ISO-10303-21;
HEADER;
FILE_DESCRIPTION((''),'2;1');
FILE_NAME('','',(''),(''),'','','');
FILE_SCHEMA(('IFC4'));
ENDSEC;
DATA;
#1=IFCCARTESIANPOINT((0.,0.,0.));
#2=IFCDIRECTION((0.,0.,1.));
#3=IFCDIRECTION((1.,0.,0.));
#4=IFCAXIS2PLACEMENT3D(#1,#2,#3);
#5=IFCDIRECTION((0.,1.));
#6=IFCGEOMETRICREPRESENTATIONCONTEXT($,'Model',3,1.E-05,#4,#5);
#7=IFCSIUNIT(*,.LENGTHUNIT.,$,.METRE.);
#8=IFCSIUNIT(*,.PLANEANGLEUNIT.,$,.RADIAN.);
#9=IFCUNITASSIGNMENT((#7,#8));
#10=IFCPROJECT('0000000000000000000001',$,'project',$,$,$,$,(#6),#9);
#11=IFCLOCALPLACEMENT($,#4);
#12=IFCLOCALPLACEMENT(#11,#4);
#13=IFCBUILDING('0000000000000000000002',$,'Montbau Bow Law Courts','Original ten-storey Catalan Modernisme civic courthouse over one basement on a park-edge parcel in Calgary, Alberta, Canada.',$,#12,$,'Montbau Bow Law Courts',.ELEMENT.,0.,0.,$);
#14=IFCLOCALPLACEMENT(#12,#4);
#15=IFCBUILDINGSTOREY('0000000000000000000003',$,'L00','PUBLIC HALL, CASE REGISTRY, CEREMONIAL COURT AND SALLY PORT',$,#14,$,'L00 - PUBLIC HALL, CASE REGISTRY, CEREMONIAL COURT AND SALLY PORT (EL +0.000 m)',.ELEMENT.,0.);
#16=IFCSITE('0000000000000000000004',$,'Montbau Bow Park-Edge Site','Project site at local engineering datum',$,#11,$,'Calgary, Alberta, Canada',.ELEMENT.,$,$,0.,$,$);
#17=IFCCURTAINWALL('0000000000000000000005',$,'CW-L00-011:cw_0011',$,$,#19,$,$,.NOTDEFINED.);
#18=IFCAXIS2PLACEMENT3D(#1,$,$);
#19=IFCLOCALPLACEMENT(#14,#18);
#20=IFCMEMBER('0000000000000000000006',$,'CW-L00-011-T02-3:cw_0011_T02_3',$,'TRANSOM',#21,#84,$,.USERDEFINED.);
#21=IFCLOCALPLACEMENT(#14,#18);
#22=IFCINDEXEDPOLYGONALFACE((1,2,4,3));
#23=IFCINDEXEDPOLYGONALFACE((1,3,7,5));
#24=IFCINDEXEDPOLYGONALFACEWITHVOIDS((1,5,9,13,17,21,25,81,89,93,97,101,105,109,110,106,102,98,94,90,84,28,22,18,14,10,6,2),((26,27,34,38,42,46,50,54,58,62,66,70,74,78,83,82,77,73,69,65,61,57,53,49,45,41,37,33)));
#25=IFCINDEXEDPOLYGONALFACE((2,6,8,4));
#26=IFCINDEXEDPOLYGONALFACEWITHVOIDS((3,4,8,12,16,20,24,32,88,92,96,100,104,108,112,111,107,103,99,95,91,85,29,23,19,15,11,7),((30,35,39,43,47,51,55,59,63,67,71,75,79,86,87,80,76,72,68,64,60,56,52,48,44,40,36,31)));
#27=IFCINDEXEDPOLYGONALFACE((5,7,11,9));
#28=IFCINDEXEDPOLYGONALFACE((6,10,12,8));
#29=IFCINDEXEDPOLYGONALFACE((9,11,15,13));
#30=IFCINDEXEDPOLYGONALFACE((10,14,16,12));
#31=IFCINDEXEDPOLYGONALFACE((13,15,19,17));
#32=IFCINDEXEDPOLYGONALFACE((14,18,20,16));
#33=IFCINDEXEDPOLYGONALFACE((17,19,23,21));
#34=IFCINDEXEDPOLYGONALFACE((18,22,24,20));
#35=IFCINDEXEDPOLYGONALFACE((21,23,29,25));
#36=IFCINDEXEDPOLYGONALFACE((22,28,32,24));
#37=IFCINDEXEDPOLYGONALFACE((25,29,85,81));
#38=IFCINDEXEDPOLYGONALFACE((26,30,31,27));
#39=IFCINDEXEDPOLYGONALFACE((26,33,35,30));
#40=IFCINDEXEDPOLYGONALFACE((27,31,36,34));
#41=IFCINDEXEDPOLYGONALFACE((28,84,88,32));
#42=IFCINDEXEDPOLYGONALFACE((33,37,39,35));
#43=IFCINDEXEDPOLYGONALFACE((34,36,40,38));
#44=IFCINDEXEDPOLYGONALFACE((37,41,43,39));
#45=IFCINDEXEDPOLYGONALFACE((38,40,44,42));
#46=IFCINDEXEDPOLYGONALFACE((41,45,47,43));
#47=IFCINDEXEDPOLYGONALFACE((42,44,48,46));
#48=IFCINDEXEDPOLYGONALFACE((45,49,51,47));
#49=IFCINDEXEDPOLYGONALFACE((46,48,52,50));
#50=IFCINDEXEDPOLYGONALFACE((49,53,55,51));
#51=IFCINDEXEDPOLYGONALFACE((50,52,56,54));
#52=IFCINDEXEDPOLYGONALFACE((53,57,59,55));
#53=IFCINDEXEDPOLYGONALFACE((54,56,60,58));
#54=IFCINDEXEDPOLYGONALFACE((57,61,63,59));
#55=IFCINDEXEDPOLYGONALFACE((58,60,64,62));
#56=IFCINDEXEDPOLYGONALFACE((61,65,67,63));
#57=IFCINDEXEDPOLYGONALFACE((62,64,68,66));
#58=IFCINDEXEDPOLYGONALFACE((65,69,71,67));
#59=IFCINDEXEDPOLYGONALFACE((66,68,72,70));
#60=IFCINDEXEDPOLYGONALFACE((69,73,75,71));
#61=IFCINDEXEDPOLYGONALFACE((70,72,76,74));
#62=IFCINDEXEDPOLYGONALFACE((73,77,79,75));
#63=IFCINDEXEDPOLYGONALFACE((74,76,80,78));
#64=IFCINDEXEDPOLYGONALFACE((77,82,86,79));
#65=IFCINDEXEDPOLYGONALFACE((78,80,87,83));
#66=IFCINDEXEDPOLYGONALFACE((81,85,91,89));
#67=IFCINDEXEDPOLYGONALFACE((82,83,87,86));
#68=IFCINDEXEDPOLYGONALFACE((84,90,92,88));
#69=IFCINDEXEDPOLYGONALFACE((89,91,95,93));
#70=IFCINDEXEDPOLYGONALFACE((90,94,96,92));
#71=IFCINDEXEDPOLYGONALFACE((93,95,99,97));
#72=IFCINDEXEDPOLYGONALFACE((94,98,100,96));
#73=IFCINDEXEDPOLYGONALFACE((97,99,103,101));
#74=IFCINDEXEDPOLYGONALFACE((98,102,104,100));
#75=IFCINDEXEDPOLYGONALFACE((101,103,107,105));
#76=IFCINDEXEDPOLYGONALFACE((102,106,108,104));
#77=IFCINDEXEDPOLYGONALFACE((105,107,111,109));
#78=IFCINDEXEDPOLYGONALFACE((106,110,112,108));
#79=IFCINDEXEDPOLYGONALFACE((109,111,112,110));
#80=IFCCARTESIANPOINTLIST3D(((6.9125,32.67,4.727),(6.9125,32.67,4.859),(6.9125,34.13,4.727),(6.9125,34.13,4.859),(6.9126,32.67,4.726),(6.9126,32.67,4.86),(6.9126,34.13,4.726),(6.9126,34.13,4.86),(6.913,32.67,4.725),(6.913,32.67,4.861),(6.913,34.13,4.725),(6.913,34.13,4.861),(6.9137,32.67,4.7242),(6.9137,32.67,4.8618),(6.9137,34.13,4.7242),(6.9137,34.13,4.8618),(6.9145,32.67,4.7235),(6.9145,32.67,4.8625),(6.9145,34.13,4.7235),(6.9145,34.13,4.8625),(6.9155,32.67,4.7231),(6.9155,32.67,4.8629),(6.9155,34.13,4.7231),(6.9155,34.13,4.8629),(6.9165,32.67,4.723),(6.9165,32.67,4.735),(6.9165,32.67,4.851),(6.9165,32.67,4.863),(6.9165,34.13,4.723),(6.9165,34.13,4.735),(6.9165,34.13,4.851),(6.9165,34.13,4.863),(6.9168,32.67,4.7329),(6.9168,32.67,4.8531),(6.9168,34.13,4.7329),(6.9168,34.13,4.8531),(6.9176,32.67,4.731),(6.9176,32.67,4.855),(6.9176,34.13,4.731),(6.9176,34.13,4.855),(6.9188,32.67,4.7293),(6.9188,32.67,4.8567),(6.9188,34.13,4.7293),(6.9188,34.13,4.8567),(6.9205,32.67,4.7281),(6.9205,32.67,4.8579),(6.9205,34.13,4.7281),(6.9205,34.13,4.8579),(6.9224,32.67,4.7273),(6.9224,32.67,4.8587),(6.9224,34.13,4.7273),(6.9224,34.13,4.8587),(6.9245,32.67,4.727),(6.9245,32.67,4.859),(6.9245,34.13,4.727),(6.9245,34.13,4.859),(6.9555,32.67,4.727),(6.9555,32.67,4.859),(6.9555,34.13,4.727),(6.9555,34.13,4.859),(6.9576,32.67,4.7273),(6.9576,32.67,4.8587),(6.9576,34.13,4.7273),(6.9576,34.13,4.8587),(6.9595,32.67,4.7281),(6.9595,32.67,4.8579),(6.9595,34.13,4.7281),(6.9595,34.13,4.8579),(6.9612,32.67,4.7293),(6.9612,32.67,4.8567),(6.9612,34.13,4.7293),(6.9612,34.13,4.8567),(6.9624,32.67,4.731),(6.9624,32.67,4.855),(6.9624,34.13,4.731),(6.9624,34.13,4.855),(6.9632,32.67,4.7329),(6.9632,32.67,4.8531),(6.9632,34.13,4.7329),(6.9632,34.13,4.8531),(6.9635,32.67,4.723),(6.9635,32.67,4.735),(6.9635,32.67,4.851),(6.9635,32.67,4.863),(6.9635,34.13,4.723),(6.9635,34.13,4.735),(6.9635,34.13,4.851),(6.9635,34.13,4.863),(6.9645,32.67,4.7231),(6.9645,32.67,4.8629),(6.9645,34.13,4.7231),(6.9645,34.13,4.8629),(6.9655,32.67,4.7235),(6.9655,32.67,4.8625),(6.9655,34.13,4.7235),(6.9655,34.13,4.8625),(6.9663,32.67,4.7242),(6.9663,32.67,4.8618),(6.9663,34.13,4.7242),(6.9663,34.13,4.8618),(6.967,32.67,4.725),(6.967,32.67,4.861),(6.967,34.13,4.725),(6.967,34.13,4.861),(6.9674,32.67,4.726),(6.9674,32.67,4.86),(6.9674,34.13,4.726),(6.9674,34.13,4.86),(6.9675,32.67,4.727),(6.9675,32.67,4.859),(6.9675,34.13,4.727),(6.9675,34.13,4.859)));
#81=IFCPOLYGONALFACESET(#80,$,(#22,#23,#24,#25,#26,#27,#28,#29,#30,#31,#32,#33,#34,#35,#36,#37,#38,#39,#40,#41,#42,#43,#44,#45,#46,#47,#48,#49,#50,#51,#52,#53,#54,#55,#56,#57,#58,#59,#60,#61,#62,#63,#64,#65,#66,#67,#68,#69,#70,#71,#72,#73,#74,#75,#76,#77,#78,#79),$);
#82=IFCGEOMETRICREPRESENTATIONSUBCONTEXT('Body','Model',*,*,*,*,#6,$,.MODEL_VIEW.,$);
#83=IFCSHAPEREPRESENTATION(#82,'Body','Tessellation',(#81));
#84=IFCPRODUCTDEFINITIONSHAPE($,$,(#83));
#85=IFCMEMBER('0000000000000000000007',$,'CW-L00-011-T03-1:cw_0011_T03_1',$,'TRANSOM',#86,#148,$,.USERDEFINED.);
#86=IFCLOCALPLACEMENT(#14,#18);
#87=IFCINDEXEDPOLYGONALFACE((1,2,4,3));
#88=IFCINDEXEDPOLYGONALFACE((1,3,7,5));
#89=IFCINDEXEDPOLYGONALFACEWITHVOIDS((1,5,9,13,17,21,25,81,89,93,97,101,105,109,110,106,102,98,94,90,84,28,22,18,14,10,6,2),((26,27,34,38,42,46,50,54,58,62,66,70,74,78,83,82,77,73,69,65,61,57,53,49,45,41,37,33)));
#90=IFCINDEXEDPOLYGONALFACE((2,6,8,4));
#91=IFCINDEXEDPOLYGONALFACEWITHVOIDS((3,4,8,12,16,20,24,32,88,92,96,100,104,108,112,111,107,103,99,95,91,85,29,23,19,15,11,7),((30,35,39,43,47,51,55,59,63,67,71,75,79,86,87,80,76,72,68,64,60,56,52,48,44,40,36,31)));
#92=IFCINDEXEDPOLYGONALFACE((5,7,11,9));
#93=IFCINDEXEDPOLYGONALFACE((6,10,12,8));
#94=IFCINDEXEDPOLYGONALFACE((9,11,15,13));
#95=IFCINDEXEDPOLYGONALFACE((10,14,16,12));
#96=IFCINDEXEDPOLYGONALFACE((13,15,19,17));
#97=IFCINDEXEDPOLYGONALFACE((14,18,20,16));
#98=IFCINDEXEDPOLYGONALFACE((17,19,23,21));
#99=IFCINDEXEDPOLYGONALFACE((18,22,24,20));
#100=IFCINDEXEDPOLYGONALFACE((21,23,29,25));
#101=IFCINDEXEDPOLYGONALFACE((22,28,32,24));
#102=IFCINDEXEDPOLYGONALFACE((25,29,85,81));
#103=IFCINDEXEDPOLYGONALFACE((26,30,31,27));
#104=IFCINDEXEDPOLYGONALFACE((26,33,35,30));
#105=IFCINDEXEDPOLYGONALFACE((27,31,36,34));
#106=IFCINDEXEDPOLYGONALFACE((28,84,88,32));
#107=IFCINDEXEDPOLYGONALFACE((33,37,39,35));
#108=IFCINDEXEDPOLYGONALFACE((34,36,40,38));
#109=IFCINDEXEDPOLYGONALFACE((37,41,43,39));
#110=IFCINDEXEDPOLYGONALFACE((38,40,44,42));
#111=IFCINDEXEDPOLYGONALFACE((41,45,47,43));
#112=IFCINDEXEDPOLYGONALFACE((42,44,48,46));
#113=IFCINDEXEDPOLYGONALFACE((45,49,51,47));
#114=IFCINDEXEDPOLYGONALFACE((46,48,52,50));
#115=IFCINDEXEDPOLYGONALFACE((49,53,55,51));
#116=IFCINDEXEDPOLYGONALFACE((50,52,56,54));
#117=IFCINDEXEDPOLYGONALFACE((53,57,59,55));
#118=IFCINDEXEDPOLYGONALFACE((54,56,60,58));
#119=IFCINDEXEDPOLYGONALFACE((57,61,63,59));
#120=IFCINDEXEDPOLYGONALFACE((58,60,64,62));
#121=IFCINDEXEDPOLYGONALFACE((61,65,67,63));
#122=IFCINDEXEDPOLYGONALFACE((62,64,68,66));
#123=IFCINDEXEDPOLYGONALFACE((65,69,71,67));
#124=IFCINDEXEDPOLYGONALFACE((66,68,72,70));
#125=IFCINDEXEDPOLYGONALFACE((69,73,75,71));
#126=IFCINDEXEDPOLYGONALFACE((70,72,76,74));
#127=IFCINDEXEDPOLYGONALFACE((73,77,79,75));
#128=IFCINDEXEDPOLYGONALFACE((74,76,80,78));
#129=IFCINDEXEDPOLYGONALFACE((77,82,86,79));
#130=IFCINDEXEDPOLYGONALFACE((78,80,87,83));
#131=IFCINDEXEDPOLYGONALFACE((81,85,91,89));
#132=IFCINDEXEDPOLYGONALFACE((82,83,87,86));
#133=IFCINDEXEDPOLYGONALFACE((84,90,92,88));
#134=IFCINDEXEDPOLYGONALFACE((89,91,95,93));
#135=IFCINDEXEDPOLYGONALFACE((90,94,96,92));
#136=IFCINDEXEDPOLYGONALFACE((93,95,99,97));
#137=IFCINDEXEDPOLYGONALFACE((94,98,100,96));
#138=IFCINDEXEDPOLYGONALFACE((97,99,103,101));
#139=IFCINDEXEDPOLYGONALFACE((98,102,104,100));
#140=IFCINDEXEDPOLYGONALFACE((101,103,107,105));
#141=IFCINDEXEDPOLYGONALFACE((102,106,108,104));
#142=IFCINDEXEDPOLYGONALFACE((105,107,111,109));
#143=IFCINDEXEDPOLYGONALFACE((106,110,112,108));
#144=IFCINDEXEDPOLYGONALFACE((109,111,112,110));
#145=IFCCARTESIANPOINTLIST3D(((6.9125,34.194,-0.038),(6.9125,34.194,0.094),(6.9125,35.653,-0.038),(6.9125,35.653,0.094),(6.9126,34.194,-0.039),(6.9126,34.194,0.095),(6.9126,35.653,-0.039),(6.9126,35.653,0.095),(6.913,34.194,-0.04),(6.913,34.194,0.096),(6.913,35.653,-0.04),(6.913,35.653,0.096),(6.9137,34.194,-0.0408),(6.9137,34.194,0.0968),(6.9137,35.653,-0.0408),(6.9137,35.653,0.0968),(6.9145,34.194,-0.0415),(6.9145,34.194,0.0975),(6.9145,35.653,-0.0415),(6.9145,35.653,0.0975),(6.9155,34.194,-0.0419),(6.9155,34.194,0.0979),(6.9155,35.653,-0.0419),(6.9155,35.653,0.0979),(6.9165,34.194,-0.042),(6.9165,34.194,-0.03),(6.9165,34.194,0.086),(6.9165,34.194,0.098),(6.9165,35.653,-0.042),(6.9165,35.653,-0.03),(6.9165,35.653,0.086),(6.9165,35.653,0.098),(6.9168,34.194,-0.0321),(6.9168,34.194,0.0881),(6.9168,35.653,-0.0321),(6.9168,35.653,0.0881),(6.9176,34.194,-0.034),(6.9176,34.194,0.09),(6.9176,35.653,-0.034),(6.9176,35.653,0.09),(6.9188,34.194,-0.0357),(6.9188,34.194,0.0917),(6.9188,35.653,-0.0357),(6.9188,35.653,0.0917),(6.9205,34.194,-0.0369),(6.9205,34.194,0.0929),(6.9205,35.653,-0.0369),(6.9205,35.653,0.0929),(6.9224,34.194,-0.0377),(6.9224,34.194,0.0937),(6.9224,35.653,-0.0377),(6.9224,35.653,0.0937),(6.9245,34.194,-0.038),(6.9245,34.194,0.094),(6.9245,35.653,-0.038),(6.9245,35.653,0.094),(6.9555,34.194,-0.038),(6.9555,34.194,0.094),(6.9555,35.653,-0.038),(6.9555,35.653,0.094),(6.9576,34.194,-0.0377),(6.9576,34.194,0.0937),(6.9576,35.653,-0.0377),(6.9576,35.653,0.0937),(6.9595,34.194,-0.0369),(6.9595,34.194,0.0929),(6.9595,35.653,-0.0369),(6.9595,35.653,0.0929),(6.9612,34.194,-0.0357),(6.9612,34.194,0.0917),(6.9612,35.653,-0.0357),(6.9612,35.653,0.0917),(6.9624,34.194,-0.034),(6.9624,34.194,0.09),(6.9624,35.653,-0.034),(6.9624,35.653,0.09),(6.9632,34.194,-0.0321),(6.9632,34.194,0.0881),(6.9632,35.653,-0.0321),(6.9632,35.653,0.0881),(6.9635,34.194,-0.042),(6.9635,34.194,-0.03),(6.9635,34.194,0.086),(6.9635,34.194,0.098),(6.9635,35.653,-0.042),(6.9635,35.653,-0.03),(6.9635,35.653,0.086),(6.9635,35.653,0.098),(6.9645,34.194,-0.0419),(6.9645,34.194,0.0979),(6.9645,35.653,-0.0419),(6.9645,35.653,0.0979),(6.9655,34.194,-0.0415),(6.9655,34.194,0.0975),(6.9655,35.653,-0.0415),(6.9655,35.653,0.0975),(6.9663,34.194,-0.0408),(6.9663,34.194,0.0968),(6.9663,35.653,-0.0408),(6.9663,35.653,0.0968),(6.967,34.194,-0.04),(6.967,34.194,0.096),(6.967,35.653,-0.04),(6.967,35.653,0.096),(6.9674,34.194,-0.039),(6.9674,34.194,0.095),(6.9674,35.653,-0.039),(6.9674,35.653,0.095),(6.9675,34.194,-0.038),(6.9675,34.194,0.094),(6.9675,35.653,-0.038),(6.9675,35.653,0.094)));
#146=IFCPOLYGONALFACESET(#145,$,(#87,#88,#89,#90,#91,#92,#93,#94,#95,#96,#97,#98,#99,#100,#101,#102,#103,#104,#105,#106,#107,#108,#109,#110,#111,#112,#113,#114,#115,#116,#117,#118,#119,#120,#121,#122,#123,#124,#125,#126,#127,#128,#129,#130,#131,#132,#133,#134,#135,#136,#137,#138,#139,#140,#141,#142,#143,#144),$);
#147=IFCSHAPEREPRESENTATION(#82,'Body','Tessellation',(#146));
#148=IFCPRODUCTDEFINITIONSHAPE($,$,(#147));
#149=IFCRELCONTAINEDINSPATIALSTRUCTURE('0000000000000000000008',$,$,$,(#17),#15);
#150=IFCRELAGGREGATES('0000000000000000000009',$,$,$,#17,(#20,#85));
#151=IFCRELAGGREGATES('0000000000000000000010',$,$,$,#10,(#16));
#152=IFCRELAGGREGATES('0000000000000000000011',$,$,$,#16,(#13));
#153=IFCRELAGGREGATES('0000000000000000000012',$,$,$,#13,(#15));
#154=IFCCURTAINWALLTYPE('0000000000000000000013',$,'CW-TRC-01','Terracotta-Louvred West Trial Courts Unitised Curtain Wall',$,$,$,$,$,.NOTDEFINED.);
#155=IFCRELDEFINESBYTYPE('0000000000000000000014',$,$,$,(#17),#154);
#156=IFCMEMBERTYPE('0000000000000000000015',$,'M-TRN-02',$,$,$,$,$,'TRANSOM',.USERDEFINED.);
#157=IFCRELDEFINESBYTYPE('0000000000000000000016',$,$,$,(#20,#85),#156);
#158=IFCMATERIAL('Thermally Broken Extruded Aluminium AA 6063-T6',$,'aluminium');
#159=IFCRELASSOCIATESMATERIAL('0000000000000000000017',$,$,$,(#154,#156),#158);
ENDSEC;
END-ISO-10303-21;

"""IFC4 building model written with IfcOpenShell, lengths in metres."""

from ifc_helpers import new_model, si_unit, direction, frame, origin_with_axes, origin_2d_with_axis, place, context, subcontext, project, spatial, hollow_rectangle, extrude, material, material_profile, profile_set, type_object, element, aggregate, save


model = new_model("IFC4")

# Units and contexts
model_context = context("Model", 3, precision=1e-05, world=origin_with_axes(), true_north=direction((0.0, 1.0)))
body_context = subcontext(model_context, "Body", "Model", "MODEL_VIEW")
ifc_project = project(units=[si_unit("LENGTHUNIT", "METRE"), si_unit("PLANEANGLEUNIT", "RADIAN")], contexts=[model_context])

# Site, building, storey
site_placement = place(None, origin_with_axes())
site = spatial("IfcSite", under=ifc_project, at=site_placement, Name="Montbau Bow Park-Edge Site", Description="Project site at local engineering datum", LongName="Calgary, Alberta, Canada", CompositionType="ELEMENT", RefElevation=0.0)
building_placement = place(site_placement, origin_with_axes())
building = spatial("IfcBuilding", under=site, at=building_placement, Name="Montbau Bow Law Courts", Description="Original ten-storey Catalan Modernisme civic courthouse over one basement on a park-edge parcel in Calgary, Alberta, Canada.", LongName="Montbau Bow Law Courts", CompositionType="ELEMENT", ElevationOfRefHeight=0.0, ElevationOfTerrain=0.0)
storey_placement = place(building_placement, origin_with_axes())
storey = spatial("IfcBuildingStorey", under=building, at=storey_placement, Name="L00", Description="PUBLIC HALL, CASE REGISTRY, CEREMONIAL COURT AND SALLY PORT", LongName="L00 - PUBLIC HALL, CASE REGISTRY, CEREMONIAL COURT AND SALLY PORT (EL +0.000 m)", CompositionType="ELEMENT", Elevation=0.0)

# Curtain wall, members
ifc_material_1 = material(Name="Thermally Broken Extruded Aluminium AA 6063-T6", Category="aluminium")
curtain_wall_type = type_object("IfcCurtainWallType", Name="CW-TRC-01", Description="Terracotta-Louvred West Trial Courts Unitised Curtain Wall", PredefinedType="NOTDEFINED", material=ifc_material_1)
curtain_wall_placement = place(None, frame((6.94, 31.115, 0.0), z_axis=(0.0, 0.0, 1.0), x_axis=(1.0, 0.0, 0.0)))
curtain_wall = element("IfcCurtainWall", 1, at=curtain_wall_placement, inside=storey, type_object=curtain_wall_type, Name="CW-L00-011:cw_0011", PredefinedType="NOTDEFINED")
ifc_material_profile_1 = material_profile(ifc_material_1, hollow_rectangle(XDim=0.055, YDim=0.14, WallThickness=0.004, InnerFilletRadius=0.008, OuterFilletRadius=0.004, at=origin_2d_with_axis()), Name="CWT-140X55", Category="Main", Priority=0)
ifc_profile_set_1 = profile_set([ifc_material_profile_1], Name="Thermally Broken Extruded Aluminium AA 6063-T6")
member_type_1 = type_object("IfcMemberType", Name="M-TRN-02", ElementType="TRANSOM", PredefinedType="USERDEFINED", material=ifc_profile_set_1)
member_1_placement = place(None, frame((6.94, 32.67, 4.793), z_axis=(0.0, 1.0, 0.0), x_axis=(-1.0, 0.0, 0.0)))
member_1 = element("IfcMember", 2, at=member_1_placement, type_object=member_type_1, Name="CW-L00-011-T02-3:cw_0011_T02_3", ObjectType="TRANSOM", PredefinedType="USERDEFINED", context=body_context, shape_type="SweptSolid", body=[
    extrude(hollow_rectangle(XDim=0.055, YDim=0.14, WallThickness=0.004, InnerFilletRadius=0.008, OuterFilletRadius=0.004, at=origin_2d_with_axis()), origin_with_axes(), (0.0, 0.0, 1.0), 1.46),
])
member_2_placement = place(None, frame((6.94, 34.194, 0.028), z_axis=(0.0, 1.0, 0.0), x_axis=(-1.0, 0.0, 0.0)))
member_2 = element("IfcMember", 3, at=member_2_placement, type_object=member_type_1, Name="CW-L00-011-T03-1:cw_0011_T03_1", ObjectType="TRANSOM", PredefinedType="USERDEFINED", context=body_context, shape_type="SweptSolid", body=[
    extrude(hollow_rectangle(XDim=0.055, YDim=0.14, WallThickness=0.004, InnerFilletRadius=0.008, OuterFilletRadius=0.004, at=origin_2d_with_axis()), origin_with_axes(), (0.0, 0.0, 1.0), 1.459),
])
aggregate(curtain_wall, [member_1, member_2])

save(model, "model.ifc")
